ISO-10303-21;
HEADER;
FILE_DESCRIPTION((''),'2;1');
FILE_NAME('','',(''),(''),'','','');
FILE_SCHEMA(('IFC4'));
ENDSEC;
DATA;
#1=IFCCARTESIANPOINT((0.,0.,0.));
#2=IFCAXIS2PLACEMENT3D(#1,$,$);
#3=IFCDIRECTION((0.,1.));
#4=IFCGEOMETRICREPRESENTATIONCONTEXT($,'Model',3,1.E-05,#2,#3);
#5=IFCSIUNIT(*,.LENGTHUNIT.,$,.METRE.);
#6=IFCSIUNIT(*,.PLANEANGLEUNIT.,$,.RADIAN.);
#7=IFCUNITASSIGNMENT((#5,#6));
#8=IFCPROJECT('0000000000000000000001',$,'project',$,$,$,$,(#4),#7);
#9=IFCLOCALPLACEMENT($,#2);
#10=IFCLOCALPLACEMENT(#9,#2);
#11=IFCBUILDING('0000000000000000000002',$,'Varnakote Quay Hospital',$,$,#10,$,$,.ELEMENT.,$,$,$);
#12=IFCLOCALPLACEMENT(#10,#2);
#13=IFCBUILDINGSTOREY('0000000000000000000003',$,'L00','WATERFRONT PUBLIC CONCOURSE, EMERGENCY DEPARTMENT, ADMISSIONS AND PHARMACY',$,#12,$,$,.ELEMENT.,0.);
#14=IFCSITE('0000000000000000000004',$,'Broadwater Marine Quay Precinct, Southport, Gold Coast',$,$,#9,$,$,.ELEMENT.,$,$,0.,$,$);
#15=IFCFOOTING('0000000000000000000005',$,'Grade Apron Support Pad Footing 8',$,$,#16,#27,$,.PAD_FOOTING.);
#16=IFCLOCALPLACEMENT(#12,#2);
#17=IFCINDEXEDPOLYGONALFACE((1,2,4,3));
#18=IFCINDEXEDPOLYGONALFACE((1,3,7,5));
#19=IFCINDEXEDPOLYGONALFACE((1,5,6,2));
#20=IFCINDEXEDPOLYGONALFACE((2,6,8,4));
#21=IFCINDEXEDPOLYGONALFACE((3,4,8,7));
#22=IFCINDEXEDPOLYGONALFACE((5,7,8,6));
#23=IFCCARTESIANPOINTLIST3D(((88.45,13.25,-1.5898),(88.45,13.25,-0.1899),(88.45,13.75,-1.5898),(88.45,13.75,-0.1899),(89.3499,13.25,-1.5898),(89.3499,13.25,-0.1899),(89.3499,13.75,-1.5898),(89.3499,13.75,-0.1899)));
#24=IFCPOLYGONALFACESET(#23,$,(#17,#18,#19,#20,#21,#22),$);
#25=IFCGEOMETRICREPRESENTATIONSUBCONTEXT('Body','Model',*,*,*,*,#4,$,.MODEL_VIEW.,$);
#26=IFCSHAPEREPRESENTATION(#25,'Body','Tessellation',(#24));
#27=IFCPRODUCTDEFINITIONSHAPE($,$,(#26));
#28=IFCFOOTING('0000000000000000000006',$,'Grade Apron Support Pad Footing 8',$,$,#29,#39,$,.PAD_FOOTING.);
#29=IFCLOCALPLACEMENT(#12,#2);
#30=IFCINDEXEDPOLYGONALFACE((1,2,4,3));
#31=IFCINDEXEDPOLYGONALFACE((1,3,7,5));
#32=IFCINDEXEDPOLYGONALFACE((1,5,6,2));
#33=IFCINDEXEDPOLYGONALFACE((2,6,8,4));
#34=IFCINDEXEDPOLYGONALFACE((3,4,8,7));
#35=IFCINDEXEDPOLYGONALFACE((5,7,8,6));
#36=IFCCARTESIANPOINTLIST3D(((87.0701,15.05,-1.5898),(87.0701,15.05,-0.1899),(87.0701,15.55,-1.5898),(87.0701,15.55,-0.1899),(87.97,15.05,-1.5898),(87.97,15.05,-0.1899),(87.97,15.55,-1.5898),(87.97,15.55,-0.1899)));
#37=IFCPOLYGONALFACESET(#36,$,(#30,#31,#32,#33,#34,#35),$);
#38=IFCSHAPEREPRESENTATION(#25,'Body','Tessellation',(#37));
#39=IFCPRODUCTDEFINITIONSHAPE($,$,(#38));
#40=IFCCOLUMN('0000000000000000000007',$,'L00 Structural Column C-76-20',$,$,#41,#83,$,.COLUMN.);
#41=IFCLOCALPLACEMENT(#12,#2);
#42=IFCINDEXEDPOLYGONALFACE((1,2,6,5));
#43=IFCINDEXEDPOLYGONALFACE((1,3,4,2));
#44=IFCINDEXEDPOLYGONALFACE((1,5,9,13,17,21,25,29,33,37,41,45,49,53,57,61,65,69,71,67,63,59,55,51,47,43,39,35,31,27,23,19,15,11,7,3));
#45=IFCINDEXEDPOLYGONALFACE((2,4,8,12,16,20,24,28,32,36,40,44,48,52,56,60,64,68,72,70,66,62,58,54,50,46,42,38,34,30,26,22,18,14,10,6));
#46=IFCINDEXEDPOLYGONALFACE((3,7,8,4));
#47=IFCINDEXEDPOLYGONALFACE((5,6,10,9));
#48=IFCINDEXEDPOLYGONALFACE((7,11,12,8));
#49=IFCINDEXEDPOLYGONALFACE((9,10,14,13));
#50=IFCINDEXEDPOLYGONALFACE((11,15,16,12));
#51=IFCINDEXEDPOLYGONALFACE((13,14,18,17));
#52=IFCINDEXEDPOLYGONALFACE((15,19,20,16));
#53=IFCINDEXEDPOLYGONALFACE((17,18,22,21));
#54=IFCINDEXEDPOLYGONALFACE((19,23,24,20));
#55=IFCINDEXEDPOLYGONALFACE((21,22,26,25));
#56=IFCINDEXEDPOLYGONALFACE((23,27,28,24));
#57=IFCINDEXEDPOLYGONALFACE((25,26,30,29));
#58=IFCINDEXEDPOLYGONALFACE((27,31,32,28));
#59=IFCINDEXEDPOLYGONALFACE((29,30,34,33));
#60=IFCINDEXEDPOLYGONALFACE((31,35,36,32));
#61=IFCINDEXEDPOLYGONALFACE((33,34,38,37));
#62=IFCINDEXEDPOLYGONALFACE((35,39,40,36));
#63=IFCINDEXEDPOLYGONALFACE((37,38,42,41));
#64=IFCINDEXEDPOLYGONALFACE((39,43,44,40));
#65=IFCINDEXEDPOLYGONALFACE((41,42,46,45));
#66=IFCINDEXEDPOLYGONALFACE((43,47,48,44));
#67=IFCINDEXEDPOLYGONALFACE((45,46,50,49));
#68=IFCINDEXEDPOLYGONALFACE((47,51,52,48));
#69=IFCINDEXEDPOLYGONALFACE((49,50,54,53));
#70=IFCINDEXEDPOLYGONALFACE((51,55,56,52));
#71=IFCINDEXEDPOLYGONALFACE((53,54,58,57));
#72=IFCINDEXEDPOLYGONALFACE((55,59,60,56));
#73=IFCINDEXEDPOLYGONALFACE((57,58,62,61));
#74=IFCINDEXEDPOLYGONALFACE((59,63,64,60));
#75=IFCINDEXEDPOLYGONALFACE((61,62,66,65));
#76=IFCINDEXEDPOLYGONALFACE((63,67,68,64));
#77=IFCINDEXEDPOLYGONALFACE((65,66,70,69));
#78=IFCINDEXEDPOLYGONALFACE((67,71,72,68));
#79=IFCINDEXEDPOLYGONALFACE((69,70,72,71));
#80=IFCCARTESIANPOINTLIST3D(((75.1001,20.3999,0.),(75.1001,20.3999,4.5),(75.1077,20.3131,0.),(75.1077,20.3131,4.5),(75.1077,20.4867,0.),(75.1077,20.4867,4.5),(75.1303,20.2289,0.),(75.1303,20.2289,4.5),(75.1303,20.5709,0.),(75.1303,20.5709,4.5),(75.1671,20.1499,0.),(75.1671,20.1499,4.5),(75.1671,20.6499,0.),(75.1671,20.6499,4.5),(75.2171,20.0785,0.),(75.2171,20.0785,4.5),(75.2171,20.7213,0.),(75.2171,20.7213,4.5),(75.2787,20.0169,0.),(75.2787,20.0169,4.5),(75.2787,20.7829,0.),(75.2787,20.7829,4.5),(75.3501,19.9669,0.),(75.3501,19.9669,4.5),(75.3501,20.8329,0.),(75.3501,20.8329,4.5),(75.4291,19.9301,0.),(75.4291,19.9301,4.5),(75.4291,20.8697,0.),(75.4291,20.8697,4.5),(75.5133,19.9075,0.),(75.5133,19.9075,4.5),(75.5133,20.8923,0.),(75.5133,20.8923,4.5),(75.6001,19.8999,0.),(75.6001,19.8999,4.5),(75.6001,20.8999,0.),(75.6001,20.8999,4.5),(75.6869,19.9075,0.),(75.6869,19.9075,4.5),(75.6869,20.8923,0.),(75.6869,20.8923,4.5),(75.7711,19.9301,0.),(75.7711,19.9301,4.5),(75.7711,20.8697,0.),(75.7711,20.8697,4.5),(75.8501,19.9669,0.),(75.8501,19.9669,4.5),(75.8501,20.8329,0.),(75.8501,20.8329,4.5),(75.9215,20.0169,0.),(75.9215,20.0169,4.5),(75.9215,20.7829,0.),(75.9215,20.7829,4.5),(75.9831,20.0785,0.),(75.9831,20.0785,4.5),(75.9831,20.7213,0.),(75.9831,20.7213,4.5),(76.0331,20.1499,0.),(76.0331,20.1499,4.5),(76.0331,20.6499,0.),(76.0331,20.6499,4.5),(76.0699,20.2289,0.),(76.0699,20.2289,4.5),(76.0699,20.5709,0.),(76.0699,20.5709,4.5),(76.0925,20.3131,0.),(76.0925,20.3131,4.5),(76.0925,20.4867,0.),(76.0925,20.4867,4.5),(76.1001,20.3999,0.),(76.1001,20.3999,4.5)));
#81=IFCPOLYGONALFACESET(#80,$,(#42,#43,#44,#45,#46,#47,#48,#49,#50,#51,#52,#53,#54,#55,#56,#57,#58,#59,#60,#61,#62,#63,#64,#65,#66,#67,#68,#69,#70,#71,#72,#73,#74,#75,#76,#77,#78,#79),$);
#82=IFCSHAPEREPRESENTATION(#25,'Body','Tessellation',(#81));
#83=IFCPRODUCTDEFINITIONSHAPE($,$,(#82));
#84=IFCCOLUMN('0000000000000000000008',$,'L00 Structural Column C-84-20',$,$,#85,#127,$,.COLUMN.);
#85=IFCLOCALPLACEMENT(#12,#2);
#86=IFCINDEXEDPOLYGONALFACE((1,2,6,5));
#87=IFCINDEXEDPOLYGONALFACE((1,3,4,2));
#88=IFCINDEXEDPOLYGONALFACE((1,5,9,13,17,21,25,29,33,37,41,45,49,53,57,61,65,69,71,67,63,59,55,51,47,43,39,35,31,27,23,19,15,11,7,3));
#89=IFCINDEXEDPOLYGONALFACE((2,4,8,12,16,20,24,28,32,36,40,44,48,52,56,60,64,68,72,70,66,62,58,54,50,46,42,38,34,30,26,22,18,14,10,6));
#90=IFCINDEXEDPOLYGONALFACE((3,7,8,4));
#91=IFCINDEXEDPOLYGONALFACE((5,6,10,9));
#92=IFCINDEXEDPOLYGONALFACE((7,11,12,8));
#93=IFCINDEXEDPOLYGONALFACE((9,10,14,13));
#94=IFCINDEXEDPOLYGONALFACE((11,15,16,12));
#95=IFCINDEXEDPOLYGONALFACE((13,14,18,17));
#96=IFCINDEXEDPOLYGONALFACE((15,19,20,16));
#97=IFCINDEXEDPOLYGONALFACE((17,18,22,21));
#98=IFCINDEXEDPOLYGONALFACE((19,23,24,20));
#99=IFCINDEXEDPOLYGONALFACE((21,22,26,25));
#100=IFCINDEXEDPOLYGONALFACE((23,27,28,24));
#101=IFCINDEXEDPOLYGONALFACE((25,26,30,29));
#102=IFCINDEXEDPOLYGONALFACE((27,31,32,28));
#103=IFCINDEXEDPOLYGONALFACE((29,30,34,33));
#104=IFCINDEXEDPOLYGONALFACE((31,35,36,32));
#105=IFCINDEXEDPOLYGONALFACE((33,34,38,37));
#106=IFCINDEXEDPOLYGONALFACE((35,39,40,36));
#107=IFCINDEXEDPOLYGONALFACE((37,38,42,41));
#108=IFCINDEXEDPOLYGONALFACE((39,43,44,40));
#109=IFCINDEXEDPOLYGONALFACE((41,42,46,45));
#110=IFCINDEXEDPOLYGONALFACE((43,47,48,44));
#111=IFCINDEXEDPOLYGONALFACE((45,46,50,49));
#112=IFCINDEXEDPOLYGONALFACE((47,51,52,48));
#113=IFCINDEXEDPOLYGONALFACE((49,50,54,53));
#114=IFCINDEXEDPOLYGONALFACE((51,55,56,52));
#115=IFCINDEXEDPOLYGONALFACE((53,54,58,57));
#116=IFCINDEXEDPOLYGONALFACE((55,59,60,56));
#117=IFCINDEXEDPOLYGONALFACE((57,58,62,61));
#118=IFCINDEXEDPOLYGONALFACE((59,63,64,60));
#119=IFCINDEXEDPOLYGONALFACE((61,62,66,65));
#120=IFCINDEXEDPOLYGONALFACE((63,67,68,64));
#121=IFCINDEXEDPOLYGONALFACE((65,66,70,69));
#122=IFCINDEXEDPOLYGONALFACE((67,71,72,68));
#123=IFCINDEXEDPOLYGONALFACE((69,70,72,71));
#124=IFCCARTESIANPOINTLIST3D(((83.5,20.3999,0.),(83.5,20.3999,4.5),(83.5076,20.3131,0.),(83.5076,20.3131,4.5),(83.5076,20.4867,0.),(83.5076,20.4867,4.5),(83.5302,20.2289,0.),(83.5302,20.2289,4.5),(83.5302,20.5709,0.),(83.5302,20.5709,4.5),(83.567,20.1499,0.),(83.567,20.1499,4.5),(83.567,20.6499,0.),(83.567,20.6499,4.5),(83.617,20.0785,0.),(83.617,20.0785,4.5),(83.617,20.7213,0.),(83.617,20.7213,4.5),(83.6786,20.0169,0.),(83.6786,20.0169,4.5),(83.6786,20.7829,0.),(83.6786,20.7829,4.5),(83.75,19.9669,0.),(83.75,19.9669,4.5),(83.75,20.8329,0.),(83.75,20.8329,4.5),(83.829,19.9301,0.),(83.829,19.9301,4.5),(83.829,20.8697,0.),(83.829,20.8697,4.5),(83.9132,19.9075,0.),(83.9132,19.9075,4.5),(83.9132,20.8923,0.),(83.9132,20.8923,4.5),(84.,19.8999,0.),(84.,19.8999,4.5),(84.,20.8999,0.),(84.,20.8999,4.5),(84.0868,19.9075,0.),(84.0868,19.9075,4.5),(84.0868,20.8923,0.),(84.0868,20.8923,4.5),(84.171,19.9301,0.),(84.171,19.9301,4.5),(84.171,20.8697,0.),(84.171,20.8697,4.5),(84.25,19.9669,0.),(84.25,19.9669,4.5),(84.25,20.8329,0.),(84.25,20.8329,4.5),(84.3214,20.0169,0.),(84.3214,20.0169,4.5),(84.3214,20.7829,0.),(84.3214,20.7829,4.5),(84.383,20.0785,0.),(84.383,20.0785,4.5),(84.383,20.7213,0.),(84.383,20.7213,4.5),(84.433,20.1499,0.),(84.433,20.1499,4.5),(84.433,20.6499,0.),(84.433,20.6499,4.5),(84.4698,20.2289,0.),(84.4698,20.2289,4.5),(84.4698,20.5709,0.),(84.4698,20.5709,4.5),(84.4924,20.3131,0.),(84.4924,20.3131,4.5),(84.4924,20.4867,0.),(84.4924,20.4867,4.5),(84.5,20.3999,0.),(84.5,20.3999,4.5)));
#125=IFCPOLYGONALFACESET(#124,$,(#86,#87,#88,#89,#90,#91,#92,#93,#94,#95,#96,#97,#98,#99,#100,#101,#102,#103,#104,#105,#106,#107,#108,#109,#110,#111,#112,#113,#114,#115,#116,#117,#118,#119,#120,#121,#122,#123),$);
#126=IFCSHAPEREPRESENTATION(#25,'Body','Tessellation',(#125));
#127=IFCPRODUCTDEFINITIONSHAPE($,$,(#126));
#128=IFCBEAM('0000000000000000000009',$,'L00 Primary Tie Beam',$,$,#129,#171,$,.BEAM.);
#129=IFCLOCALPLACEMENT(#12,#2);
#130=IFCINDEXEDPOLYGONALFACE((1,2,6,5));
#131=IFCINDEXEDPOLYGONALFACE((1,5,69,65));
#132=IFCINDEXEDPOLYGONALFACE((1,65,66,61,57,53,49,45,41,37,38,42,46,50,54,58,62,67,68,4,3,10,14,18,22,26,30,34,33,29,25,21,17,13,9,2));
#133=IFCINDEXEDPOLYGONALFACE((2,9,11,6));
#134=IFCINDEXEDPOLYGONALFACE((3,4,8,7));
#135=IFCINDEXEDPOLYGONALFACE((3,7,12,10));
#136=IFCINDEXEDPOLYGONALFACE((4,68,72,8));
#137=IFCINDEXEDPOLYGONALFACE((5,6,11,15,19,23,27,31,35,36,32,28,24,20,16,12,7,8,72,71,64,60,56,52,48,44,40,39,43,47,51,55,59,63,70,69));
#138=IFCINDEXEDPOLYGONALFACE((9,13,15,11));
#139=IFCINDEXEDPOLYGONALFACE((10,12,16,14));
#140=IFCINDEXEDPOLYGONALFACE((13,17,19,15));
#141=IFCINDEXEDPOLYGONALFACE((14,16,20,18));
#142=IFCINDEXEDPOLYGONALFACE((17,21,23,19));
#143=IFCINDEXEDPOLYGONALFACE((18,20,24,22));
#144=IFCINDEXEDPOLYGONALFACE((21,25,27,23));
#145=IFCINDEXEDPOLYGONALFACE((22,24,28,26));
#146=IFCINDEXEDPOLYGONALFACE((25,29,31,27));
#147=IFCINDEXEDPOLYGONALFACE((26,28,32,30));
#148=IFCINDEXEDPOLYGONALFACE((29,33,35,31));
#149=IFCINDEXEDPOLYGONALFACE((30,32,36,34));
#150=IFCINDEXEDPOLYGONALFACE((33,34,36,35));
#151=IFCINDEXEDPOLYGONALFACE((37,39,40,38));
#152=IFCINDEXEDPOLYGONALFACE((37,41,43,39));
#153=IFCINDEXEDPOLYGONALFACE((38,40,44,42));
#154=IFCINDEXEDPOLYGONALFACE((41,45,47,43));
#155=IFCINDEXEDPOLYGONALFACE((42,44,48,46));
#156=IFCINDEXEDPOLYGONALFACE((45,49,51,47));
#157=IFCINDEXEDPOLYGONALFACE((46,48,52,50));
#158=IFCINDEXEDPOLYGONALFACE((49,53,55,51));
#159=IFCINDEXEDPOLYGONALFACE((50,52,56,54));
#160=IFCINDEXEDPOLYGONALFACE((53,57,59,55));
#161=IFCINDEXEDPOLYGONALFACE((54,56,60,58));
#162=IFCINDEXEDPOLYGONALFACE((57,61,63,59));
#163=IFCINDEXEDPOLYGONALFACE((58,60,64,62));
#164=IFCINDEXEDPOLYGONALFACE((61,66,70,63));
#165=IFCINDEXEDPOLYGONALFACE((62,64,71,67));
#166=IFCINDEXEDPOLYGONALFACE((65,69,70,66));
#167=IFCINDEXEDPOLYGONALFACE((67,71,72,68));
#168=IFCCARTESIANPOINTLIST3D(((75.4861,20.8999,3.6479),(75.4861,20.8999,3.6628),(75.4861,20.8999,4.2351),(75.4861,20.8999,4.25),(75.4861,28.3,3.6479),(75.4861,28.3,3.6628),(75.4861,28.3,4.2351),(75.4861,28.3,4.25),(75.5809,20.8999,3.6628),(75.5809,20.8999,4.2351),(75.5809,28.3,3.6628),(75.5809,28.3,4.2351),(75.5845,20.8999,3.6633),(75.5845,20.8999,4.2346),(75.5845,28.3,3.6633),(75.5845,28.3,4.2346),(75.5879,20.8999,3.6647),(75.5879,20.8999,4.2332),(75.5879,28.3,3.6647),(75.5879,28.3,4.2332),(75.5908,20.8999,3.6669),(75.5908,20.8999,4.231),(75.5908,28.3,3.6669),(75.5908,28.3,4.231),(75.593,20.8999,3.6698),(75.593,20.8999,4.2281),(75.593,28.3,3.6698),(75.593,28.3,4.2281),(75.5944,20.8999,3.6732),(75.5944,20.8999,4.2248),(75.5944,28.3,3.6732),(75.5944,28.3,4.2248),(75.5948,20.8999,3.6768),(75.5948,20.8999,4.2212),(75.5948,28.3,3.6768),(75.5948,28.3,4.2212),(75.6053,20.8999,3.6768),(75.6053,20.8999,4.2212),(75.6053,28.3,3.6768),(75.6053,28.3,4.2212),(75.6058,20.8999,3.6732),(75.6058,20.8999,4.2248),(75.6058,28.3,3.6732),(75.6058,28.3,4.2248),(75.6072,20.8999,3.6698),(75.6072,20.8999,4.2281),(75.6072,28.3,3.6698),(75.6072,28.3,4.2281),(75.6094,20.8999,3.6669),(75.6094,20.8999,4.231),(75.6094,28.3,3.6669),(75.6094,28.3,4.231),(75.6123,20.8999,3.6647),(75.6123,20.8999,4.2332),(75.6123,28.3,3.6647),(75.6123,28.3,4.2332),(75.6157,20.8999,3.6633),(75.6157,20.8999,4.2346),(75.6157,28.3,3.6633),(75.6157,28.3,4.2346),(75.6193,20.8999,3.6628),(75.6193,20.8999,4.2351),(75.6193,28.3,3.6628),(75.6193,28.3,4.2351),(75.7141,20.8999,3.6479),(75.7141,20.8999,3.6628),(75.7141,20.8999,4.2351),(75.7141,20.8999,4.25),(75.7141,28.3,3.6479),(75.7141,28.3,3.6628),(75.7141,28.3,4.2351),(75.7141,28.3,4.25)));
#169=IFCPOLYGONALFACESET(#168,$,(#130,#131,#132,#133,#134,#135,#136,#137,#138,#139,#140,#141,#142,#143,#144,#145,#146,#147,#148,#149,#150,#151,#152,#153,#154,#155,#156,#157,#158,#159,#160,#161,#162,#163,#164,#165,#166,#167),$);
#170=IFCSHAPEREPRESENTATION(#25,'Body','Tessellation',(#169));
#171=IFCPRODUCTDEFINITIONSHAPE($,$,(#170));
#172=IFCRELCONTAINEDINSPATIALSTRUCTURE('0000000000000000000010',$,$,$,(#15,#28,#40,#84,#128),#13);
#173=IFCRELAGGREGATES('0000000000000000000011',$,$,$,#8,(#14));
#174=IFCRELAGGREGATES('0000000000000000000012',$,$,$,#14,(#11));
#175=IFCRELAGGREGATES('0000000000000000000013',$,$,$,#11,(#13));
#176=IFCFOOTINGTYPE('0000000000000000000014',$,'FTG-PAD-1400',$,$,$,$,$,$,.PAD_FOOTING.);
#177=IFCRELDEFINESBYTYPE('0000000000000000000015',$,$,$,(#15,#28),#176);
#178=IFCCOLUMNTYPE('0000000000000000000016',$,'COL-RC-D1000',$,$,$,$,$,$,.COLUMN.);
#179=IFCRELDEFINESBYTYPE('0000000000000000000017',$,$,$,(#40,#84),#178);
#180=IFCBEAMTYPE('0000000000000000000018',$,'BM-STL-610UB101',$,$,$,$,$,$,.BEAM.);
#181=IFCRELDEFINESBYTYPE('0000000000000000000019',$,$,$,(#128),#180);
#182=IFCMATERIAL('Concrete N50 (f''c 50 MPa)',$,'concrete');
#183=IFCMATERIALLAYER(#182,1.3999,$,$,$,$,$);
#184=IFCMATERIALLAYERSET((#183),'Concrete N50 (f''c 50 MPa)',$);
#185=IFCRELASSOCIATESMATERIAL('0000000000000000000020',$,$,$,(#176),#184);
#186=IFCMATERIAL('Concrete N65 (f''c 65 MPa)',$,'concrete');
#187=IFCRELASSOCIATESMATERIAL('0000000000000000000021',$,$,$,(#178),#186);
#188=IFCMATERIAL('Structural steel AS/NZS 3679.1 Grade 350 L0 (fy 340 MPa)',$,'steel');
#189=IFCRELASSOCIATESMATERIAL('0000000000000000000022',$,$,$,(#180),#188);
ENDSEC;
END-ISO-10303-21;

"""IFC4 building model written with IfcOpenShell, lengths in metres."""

from ifc_helpers import new_model, si_unit, direction, frame, origin, origin_2d, place, context, subcontext, project, spatial, rectangle, circle, i_section, extrude, material, layer, layer_set, material_profile, profile_set, type_object, element, save


model = new_model("IFC4")

# Units and contexts
model_context = context("Model", 3, precision=1e-05, world=origin(), true_north=direction((0.0, 1.0)))
body_context = subcontext(model_context, "Body", "Model", "MODEL_VIEW")
ifc_project = project(units=[si_unit("LENGTHUNIT", "METRE"), si_unit("PLANEANGLEUNIT", "RADIAN")], contexts=[model_context])

# Site, building, storey
site_placement = place(None, origin())
site = spatial("IfcSite", under=ifc_project, at=site_placement, Name="Broadwater Marine Quay Precinct, Southport, Gold Coast", CompositionType="ELEMENT", RefElevation=0.0)
building_placement = place(site_placement, origin())
building = spatial("IfcBuilding", under=site, at=building_placement, Name="Varnakote Quay Hospital", CompositionType="ELEMENT")
storey_placement = place(building_placement, origin())
storey = spatial("IfcBuildingStorey", under=building, at=storey_placement, Name="L00", Description="WATERFRONT PUBLIC CONCOURSE, EMERGENCY DEPARTMENT, ADMISSIONS AND PHARMACY", CompositionType="ELEMENT", Elevation=0.0)

# Footings
ifc_material_1 = material(Name="Concrete N50 (f'c 50 MPa)", Category="concrete")
ifc_layer_1 = layer(ifc_material_1, 1.3999)
ifc_layer_set_1 = layer_set([ifc_layer_1], Name="Concrete N50 (f'c 50 MPa)")
footing_type = type_object("IfcFootingType", Name="FTG-PAD-1400", PredefinedType="PAD_FOOTING", material=ifc_layer_set_1)
for number, where, z_axis, x_axis, name in (
    (1, (88.8999, 13.5, -1.5898), (0.0, 0.0, 1.0), (1.0, 0.0, 0.0), "Grade Apron Support Pad Footing 8"),
    (2, (87.52, 15.3, -1.5898), (0.0, 0.0, 1.0), (1.0, 0.0, 0.0), "Grade Apron Support Pad Footing 8"),
):
    element("IfcFooting", number, at=place(storey_placement, frame(where, z_axis=z_axis, x_axis=x_axis)), inside=storey, type_object=footing_type, Name=name, PredefinedType="PAD_FOOTING", context=body_context, shape_type="SweptSolid", body=[
        extrude(rectangle(XDim=0.8999, YDim=0.5, at=origin_2d()), origin(), (0.0, 0.0, 1.0), 1.3999),
    ])

# Columns
ifc_material_2 = material(Name="Concrete N65 (f'c 65 MPa)", Category="concrete")
ifc_material_profile_1 = material_profile(ifc_material_2, circle(Radius=0.5, at=origin_2d()), Name="RC-COL-D1000")
ifc_profile_set_1 = profile_set([ifc_material_profile_1], Name="Concrete N65 (f'c 65 MPa)")
column_type = type_object("IfcColumnType", Name="COL-RC-D1000", PredefinedType="COLUMN", material=ifc_profile_set_1)
for number, where, z_axis, x_axis, name in (
    (3, (75.6001, 20.3999, 0.0), (0.0, 0.0, 1.0), (1.0, 0.0, 0.0), "L00 Structural Column C-76-20"),
    (4, (84.0, 20.3999, 0.0), (0.0, 0.0, 1.0), (1.0, 0.0, 0.0), "L00 Structural Column C-84-20"),
):
    element("IfcColumn", number, at=place(storey_placement, frame(where, z_axis=z_axis, x_axis=x_axis)), inside=storey, type_object=column_type, Name=name, PredefinedType="COLUMN", context=body_context, shape_type="SweptSolid", body=[
        extrude(circle(Radius=0.5, at=origin_2d()), origin(), (0.0, 0.0, 1.0), 4.5),
    ])

# Beam
ifc_material_3 = material(Name="Structural steel AS/NZS 3679.1 Grade 350 L0 (fy 340 MPa)", Category="steel")
ifc_material_profile_2 = material_profile(ifc_material_3, i_section(OverallWidth=0.228, OverallDepth=0.6021, WebThickness=0.0105, FlangeThickness=0.0149, FilletRadius=0.0139, at=origin_2d()), Name="610UB101")
ifc_profile_set_2 = profile_set([ifc_material_profile_2], Name="Structural steel AS/NZS 3679.1 Grade 350 L0 (fy 340 MPa)")
beam_type_1 = type_object("IfcBeamType", Name="BM-STL-610UB101", PredefinedType="BEAM", material=ifc_profile_set_2)
for number, where, z_axis, x_axis, name in (
    (5, (75.6001, 20.8999, 3.949), (0.0, 1.0, 0.0), (-1.0, 0.0, 0.0), "L00 Primary Tie Beam"),
):
    element("IfcBeam", number, at=place(storey_placement, frame(where, z_axis=z_axis, x_axis=x_axis)), inside=storey, type_object=beam_type_1, Name=name, PredefinedType="BEAM", context=body_context, shape_type="SweptSolid", body=[
        extrude(i_section(OverallWidth=0.228, OverallDepth=0.6021, WebThickness=0.0105, FlangeThickness=0.0149, FilletRadius=0.0139, at=origin_2d()), origin(), (0.0, 0.0, 1.0), 7.4001),
    ])

save(model, "model.ifc")
